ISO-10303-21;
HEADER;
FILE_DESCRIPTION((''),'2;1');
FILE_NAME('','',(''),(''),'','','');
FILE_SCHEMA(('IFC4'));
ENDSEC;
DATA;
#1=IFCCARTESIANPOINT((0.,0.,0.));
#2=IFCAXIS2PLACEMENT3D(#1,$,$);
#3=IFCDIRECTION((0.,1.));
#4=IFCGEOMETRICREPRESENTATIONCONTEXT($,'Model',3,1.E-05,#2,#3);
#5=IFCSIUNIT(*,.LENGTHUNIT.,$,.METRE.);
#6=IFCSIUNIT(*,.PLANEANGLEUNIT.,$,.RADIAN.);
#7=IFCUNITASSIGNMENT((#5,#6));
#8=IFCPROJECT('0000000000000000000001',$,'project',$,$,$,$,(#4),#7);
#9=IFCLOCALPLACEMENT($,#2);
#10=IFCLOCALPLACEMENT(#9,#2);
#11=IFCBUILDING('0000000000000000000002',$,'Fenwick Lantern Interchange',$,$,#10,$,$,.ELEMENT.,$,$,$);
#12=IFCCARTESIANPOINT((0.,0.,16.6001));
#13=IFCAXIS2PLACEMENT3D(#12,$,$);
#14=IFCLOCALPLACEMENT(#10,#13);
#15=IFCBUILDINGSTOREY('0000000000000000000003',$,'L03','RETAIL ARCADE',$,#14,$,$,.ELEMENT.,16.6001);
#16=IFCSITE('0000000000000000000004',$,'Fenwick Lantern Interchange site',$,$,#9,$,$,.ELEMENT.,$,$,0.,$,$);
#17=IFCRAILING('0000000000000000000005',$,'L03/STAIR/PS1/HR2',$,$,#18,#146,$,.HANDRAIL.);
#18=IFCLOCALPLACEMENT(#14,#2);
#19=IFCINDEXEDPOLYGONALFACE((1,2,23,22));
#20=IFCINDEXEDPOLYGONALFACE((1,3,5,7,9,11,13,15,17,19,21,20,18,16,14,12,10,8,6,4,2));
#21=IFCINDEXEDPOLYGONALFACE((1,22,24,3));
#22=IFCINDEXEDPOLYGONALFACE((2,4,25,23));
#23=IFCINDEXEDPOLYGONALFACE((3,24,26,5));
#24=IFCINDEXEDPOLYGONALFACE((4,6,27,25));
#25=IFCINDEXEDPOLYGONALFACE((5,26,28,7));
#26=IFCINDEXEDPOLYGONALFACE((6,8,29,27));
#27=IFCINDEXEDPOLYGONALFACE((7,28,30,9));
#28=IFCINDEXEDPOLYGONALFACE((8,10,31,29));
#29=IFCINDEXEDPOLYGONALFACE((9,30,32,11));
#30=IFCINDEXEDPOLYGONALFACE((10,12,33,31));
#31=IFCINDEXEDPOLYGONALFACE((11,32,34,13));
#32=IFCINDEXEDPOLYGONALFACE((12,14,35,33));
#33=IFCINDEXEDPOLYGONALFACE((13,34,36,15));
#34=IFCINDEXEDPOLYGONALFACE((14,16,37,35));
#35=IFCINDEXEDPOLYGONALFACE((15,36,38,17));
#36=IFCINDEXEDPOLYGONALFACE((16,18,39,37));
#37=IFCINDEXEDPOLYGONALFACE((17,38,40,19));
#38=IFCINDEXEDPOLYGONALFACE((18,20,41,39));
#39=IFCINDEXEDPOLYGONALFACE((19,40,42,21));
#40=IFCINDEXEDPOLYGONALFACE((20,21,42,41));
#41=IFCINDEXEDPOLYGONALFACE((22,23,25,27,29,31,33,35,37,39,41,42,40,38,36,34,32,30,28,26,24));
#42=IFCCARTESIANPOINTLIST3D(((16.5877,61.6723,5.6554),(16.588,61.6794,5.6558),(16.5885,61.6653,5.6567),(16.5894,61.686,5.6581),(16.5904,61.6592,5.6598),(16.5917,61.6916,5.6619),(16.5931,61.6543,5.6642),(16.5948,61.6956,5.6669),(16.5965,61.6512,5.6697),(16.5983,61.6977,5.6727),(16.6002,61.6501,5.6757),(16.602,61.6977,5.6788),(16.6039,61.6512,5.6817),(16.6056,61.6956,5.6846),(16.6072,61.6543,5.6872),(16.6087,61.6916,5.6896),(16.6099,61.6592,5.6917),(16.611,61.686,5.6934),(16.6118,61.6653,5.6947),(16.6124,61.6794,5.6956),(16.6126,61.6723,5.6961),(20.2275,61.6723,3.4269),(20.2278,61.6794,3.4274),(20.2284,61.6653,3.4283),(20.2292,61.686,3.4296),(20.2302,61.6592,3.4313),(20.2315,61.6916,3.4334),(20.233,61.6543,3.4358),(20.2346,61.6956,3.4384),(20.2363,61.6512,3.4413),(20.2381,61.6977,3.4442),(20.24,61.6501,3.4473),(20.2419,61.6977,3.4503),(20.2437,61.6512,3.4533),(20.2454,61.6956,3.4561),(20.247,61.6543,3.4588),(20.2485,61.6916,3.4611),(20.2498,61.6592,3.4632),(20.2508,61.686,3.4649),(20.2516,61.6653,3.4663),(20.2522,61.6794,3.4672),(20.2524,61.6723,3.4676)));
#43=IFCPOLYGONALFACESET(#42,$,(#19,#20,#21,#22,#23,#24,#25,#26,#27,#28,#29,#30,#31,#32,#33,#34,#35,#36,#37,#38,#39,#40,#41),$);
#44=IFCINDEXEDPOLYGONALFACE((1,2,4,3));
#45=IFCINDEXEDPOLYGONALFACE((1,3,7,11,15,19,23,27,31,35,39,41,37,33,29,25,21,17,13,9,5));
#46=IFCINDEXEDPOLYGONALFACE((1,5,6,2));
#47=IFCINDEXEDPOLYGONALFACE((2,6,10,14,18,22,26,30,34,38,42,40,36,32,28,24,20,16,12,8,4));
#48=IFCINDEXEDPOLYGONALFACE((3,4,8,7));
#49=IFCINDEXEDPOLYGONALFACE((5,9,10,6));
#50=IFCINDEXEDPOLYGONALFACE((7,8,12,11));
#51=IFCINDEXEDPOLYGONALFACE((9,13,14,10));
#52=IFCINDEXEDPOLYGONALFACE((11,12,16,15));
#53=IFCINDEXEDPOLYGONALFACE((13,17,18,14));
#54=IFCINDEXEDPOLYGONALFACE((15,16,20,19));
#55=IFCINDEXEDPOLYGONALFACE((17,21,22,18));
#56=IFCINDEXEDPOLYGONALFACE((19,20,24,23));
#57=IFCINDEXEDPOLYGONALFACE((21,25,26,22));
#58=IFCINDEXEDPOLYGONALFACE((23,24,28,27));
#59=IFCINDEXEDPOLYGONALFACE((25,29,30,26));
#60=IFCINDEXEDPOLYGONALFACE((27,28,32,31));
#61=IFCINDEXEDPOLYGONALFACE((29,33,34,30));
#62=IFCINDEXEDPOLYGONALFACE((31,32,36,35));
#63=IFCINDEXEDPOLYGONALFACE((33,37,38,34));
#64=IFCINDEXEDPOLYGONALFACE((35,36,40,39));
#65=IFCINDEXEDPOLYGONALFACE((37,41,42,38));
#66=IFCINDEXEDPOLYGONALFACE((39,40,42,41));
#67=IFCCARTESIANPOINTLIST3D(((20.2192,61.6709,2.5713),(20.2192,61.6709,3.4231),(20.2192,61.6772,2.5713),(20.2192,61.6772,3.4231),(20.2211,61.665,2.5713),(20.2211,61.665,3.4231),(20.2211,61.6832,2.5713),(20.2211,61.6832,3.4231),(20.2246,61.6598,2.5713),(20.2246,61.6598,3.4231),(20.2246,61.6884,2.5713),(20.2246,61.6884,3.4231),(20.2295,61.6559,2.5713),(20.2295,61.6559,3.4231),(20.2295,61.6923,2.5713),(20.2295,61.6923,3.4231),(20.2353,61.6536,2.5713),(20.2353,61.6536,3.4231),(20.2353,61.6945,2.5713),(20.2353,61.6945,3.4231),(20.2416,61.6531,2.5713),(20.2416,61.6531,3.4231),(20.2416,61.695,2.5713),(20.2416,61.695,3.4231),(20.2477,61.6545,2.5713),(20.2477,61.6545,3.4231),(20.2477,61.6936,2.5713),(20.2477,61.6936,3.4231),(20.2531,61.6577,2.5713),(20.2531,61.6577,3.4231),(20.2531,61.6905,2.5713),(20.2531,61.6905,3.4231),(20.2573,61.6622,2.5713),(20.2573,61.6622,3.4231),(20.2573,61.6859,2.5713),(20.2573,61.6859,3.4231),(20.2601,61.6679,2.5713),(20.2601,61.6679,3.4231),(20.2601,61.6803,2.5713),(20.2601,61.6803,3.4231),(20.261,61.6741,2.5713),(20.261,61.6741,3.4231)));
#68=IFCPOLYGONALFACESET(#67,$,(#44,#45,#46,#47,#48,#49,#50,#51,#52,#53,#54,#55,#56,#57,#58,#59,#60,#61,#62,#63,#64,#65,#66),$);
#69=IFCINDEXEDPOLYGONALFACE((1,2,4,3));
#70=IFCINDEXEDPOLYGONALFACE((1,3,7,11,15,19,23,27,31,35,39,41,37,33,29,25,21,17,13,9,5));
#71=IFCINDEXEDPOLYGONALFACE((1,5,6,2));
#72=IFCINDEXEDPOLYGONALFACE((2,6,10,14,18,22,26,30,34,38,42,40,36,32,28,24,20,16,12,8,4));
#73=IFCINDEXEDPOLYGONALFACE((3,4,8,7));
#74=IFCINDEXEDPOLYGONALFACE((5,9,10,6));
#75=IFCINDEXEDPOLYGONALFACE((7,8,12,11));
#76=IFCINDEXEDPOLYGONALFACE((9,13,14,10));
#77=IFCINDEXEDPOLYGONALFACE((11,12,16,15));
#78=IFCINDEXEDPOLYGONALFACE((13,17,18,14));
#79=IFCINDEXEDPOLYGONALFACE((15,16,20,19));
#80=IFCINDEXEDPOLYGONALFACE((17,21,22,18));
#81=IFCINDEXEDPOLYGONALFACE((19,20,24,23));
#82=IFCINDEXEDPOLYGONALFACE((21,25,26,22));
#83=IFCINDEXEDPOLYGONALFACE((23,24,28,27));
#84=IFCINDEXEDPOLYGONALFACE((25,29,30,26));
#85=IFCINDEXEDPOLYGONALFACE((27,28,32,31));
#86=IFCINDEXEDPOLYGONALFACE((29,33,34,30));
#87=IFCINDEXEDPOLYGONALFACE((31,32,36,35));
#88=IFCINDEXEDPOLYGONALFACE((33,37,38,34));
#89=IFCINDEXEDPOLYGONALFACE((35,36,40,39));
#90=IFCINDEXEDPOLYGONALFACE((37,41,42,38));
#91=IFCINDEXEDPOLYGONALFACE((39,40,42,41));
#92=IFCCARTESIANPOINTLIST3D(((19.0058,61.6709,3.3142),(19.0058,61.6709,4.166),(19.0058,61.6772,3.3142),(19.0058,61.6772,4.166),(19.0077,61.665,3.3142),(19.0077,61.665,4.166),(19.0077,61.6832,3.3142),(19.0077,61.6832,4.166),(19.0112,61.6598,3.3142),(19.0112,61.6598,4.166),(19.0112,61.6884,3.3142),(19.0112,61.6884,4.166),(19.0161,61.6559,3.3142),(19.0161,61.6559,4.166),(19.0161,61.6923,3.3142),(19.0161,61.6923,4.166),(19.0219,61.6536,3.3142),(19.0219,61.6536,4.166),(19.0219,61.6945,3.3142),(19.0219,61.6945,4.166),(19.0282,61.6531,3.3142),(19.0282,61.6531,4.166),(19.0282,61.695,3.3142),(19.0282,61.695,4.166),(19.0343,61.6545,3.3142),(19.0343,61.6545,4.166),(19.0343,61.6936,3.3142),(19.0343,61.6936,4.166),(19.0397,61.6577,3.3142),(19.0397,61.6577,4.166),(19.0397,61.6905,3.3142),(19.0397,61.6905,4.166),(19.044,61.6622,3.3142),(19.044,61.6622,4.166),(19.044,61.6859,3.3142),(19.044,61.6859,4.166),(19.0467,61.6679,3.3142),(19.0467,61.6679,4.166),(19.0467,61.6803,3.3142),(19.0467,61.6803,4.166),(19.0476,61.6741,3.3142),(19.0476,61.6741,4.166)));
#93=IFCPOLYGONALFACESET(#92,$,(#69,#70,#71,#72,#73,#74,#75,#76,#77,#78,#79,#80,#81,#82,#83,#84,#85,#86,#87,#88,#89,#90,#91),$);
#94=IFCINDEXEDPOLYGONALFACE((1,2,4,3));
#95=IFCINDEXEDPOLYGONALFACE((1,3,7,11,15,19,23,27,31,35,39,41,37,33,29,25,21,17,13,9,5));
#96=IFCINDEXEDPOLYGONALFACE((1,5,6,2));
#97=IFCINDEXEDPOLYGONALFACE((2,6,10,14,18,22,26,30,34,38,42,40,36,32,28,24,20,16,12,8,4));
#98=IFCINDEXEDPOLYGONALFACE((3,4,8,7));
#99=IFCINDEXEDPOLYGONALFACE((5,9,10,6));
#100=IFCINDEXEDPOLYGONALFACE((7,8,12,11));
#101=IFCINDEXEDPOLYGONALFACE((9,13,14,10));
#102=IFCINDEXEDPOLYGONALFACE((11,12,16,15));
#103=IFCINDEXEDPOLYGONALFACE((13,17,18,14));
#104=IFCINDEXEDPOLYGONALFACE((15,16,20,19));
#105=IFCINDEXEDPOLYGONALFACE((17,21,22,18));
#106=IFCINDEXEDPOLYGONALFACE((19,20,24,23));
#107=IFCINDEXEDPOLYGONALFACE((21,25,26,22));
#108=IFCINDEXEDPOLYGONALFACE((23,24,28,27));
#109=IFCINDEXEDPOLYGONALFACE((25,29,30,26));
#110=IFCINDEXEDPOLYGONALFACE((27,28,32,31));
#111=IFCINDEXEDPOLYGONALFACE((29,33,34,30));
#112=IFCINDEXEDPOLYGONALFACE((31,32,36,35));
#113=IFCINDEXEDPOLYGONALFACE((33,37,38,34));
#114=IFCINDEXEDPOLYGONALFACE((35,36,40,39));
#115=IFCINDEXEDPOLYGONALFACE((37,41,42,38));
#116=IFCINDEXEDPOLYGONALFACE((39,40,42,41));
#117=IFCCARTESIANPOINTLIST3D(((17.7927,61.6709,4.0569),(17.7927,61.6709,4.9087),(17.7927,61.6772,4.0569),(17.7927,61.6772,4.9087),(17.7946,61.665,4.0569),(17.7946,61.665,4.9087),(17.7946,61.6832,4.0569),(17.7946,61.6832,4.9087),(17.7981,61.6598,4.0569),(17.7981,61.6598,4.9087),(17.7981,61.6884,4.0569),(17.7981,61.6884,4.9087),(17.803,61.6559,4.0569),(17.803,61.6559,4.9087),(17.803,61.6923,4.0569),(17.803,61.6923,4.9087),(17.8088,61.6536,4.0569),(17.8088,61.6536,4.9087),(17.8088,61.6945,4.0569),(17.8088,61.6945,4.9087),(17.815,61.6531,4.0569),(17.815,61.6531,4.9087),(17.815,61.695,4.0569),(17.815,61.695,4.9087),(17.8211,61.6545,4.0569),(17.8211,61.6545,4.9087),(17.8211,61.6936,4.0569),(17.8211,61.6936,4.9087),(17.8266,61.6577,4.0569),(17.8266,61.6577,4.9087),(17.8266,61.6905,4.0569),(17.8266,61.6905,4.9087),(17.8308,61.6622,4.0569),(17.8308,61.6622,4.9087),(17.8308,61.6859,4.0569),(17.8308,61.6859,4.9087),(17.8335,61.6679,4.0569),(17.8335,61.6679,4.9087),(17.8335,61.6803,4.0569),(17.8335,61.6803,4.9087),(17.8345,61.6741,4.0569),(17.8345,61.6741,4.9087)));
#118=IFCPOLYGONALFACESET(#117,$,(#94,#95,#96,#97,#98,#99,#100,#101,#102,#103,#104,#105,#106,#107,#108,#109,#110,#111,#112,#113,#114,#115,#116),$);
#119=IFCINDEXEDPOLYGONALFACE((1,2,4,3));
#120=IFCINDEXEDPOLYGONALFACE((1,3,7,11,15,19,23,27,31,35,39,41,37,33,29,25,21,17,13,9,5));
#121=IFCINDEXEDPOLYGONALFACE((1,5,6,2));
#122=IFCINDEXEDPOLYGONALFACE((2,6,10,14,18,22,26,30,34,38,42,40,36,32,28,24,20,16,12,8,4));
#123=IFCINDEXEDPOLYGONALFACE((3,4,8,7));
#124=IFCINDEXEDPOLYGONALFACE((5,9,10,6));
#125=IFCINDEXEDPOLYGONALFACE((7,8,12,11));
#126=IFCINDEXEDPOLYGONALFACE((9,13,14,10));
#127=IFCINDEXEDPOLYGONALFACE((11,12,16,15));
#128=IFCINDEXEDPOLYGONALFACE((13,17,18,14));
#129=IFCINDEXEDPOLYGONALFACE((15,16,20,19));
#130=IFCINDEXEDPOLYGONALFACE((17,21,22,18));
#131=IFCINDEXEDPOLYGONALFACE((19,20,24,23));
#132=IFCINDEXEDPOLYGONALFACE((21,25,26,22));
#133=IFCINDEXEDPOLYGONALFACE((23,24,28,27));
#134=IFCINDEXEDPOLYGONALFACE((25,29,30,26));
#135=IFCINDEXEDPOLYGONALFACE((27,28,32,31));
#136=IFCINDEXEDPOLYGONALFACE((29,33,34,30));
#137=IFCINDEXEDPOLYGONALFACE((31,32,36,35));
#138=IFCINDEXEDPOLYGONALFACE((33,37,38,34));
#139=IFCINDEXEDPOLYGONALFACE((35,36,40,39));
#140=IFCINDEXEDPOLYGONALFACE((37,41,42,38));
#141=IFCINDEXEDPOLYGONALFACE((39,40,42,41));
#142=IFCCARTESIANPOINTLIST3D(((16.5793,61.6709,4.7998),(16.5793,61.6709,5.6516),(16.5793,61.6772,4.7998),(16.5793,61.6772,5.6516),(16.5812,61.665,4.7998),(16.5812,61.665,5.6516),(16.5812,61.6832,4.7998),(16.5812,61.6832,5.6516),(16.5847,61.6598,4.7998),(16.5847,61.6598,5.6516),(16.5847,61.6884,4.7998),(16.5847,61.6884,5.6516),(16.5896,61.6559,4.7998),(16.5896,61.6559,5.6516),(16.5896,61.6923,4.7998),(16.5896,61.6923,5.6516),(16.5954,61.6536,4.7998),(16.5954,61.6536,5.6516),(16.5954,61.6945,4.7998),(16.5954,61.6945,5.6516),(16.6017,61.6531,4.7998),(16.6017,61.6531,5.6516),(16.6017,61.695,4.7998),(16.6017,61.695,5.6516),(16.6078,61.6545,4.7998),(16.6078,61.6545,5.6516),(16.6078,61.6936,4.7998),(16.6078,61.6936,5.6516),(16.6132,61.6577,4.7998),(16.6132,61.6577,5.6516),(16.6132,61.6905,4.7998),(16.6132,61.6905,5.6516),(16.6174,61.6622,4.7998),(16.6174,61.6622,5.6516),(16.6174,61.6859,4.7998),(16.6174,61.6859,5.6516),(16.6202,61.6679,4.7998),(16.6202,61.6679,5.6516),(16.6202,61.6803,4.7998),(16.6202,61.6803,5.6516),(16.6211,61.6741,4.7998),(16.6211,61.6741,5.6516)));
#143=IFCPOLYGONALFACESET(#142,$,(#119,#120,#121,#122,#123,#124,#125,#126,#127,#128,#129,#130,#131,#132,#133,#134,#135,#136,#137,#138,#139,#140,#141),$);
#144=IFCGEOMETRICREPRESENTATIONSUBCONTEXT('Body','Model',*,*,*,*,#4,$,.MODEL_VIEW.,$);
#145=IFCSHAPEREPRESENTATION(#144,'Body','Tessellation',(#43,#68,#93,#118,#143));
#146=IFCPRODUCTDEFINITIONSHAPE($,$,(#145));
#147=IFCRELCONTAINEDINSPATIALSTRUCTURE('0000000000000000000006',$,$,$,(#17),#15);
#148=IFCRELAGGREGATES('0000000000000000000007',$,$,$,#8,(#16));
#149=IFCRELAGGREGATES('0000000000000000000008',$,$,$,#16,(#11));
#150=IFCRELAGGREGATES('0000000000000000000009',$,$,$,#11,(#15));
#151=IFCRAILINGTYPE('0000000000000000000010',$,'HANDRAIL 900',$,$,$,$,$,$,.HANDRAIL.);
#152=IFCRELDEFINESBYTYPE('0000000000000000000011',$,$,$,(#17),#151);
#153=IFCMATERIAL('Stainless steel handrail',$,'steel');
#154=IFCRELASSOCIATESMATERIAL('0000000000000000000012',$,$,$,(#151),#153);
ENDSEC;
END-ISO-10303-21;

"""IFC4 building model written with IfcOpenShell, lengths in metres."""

from ifc_helpers import new_model, si_unit, direction, frame, origin, origin_2d, place, context, subcontext, project, spatial, circle, extrude, material, type_object, element, save


model = new_model("IFC4")

# Units and contexts
model_context = context("Model", 3, precision=1e-05, world=origin(), true_north=direction((0.0, 1.0)))
body_context = subcontext(model_context, "Body", "Model", "MODEL_VIEW")
ifc_project = project(units=[si_unit("LENGTHUNIT", "METRE"), si_unit("PLANEANGLEUNIT", "RADIAN")], contexts=[model_context])

# Site, building, storey
site_placement = place(None, origin())
site = spatial("IfcSite", under=ifc_project, at=site_placement, Name="Fenwick Lantern Interchange site", CompositionType="ELEMENT", RefElevation=0.0)
building_placement = place(site_placement, origin())
building = spatial("IfcBuilding", under=site, at=building_placement, Name="Fenwick Lantern Interchange", CompositionType="ELEMENT")
storey_placement = place(building_placement, frame((0.0, 0.0, 16.6001)))
storey = spatial("IfcBuildingStorey", under=building, at=storey_placement, Name="L03", Description="RETAIL ARCADE", CompositionType="ELEMENT", Elevation=16.6001)

# Railing
ifc_material_1 = material(Name="Stainless steel handrail", Category="steel")
railing_type = type_object("IfcRailingType", Name="HANDRAIL 900", PredefinedType="HANDRAIL", material=ifc_material_1)
railing_1_placement = place(storey_placement, frame((20.24, 61.6741, 2.5713)))
element("IfcRailing", 1, at=railing_1_placement, inside=storey, type_object=railing_type, Name="L03/STAIR/PS1/HR2", PredefinedType="HANDRAIL", context=body_context, shape_type="SweptSolid", body=[
    extrude(circle(Radius=0.0239, at=origin_2d()), frame((0.0, 0.0, 0.876), z_axis=(-0.85285, 0.0, 0.522156), x_axis=(0.0, -1.0, 0.0)), (0.0, 0.0, 1.0), 4.2678),
    extrude(circle(Radius=0.021, at=origin_2d()), origin(), (0.0, 0.0, 1.0), 0.8518),
    extrude(circle(Radius=0.021, at=origin_2d()), frame((-1.2134, 0.0, 0.7429)), (0.0, 0.0, 1.0), 0.8518),
    extrude(circle(Radius=0.021, at=origin_2d()), frame((-2.4265, 0.0, 1.4856)), (0.0, 0.0, 1.0), 0.8518),
    extrude(circle(Radius=0.021, at=origin_2d()), frame((-3.6399, 0.0, 2.2285)), (0.0, 0.0, 1.0), 0.8518),
])

save(model, "model.ifc")
